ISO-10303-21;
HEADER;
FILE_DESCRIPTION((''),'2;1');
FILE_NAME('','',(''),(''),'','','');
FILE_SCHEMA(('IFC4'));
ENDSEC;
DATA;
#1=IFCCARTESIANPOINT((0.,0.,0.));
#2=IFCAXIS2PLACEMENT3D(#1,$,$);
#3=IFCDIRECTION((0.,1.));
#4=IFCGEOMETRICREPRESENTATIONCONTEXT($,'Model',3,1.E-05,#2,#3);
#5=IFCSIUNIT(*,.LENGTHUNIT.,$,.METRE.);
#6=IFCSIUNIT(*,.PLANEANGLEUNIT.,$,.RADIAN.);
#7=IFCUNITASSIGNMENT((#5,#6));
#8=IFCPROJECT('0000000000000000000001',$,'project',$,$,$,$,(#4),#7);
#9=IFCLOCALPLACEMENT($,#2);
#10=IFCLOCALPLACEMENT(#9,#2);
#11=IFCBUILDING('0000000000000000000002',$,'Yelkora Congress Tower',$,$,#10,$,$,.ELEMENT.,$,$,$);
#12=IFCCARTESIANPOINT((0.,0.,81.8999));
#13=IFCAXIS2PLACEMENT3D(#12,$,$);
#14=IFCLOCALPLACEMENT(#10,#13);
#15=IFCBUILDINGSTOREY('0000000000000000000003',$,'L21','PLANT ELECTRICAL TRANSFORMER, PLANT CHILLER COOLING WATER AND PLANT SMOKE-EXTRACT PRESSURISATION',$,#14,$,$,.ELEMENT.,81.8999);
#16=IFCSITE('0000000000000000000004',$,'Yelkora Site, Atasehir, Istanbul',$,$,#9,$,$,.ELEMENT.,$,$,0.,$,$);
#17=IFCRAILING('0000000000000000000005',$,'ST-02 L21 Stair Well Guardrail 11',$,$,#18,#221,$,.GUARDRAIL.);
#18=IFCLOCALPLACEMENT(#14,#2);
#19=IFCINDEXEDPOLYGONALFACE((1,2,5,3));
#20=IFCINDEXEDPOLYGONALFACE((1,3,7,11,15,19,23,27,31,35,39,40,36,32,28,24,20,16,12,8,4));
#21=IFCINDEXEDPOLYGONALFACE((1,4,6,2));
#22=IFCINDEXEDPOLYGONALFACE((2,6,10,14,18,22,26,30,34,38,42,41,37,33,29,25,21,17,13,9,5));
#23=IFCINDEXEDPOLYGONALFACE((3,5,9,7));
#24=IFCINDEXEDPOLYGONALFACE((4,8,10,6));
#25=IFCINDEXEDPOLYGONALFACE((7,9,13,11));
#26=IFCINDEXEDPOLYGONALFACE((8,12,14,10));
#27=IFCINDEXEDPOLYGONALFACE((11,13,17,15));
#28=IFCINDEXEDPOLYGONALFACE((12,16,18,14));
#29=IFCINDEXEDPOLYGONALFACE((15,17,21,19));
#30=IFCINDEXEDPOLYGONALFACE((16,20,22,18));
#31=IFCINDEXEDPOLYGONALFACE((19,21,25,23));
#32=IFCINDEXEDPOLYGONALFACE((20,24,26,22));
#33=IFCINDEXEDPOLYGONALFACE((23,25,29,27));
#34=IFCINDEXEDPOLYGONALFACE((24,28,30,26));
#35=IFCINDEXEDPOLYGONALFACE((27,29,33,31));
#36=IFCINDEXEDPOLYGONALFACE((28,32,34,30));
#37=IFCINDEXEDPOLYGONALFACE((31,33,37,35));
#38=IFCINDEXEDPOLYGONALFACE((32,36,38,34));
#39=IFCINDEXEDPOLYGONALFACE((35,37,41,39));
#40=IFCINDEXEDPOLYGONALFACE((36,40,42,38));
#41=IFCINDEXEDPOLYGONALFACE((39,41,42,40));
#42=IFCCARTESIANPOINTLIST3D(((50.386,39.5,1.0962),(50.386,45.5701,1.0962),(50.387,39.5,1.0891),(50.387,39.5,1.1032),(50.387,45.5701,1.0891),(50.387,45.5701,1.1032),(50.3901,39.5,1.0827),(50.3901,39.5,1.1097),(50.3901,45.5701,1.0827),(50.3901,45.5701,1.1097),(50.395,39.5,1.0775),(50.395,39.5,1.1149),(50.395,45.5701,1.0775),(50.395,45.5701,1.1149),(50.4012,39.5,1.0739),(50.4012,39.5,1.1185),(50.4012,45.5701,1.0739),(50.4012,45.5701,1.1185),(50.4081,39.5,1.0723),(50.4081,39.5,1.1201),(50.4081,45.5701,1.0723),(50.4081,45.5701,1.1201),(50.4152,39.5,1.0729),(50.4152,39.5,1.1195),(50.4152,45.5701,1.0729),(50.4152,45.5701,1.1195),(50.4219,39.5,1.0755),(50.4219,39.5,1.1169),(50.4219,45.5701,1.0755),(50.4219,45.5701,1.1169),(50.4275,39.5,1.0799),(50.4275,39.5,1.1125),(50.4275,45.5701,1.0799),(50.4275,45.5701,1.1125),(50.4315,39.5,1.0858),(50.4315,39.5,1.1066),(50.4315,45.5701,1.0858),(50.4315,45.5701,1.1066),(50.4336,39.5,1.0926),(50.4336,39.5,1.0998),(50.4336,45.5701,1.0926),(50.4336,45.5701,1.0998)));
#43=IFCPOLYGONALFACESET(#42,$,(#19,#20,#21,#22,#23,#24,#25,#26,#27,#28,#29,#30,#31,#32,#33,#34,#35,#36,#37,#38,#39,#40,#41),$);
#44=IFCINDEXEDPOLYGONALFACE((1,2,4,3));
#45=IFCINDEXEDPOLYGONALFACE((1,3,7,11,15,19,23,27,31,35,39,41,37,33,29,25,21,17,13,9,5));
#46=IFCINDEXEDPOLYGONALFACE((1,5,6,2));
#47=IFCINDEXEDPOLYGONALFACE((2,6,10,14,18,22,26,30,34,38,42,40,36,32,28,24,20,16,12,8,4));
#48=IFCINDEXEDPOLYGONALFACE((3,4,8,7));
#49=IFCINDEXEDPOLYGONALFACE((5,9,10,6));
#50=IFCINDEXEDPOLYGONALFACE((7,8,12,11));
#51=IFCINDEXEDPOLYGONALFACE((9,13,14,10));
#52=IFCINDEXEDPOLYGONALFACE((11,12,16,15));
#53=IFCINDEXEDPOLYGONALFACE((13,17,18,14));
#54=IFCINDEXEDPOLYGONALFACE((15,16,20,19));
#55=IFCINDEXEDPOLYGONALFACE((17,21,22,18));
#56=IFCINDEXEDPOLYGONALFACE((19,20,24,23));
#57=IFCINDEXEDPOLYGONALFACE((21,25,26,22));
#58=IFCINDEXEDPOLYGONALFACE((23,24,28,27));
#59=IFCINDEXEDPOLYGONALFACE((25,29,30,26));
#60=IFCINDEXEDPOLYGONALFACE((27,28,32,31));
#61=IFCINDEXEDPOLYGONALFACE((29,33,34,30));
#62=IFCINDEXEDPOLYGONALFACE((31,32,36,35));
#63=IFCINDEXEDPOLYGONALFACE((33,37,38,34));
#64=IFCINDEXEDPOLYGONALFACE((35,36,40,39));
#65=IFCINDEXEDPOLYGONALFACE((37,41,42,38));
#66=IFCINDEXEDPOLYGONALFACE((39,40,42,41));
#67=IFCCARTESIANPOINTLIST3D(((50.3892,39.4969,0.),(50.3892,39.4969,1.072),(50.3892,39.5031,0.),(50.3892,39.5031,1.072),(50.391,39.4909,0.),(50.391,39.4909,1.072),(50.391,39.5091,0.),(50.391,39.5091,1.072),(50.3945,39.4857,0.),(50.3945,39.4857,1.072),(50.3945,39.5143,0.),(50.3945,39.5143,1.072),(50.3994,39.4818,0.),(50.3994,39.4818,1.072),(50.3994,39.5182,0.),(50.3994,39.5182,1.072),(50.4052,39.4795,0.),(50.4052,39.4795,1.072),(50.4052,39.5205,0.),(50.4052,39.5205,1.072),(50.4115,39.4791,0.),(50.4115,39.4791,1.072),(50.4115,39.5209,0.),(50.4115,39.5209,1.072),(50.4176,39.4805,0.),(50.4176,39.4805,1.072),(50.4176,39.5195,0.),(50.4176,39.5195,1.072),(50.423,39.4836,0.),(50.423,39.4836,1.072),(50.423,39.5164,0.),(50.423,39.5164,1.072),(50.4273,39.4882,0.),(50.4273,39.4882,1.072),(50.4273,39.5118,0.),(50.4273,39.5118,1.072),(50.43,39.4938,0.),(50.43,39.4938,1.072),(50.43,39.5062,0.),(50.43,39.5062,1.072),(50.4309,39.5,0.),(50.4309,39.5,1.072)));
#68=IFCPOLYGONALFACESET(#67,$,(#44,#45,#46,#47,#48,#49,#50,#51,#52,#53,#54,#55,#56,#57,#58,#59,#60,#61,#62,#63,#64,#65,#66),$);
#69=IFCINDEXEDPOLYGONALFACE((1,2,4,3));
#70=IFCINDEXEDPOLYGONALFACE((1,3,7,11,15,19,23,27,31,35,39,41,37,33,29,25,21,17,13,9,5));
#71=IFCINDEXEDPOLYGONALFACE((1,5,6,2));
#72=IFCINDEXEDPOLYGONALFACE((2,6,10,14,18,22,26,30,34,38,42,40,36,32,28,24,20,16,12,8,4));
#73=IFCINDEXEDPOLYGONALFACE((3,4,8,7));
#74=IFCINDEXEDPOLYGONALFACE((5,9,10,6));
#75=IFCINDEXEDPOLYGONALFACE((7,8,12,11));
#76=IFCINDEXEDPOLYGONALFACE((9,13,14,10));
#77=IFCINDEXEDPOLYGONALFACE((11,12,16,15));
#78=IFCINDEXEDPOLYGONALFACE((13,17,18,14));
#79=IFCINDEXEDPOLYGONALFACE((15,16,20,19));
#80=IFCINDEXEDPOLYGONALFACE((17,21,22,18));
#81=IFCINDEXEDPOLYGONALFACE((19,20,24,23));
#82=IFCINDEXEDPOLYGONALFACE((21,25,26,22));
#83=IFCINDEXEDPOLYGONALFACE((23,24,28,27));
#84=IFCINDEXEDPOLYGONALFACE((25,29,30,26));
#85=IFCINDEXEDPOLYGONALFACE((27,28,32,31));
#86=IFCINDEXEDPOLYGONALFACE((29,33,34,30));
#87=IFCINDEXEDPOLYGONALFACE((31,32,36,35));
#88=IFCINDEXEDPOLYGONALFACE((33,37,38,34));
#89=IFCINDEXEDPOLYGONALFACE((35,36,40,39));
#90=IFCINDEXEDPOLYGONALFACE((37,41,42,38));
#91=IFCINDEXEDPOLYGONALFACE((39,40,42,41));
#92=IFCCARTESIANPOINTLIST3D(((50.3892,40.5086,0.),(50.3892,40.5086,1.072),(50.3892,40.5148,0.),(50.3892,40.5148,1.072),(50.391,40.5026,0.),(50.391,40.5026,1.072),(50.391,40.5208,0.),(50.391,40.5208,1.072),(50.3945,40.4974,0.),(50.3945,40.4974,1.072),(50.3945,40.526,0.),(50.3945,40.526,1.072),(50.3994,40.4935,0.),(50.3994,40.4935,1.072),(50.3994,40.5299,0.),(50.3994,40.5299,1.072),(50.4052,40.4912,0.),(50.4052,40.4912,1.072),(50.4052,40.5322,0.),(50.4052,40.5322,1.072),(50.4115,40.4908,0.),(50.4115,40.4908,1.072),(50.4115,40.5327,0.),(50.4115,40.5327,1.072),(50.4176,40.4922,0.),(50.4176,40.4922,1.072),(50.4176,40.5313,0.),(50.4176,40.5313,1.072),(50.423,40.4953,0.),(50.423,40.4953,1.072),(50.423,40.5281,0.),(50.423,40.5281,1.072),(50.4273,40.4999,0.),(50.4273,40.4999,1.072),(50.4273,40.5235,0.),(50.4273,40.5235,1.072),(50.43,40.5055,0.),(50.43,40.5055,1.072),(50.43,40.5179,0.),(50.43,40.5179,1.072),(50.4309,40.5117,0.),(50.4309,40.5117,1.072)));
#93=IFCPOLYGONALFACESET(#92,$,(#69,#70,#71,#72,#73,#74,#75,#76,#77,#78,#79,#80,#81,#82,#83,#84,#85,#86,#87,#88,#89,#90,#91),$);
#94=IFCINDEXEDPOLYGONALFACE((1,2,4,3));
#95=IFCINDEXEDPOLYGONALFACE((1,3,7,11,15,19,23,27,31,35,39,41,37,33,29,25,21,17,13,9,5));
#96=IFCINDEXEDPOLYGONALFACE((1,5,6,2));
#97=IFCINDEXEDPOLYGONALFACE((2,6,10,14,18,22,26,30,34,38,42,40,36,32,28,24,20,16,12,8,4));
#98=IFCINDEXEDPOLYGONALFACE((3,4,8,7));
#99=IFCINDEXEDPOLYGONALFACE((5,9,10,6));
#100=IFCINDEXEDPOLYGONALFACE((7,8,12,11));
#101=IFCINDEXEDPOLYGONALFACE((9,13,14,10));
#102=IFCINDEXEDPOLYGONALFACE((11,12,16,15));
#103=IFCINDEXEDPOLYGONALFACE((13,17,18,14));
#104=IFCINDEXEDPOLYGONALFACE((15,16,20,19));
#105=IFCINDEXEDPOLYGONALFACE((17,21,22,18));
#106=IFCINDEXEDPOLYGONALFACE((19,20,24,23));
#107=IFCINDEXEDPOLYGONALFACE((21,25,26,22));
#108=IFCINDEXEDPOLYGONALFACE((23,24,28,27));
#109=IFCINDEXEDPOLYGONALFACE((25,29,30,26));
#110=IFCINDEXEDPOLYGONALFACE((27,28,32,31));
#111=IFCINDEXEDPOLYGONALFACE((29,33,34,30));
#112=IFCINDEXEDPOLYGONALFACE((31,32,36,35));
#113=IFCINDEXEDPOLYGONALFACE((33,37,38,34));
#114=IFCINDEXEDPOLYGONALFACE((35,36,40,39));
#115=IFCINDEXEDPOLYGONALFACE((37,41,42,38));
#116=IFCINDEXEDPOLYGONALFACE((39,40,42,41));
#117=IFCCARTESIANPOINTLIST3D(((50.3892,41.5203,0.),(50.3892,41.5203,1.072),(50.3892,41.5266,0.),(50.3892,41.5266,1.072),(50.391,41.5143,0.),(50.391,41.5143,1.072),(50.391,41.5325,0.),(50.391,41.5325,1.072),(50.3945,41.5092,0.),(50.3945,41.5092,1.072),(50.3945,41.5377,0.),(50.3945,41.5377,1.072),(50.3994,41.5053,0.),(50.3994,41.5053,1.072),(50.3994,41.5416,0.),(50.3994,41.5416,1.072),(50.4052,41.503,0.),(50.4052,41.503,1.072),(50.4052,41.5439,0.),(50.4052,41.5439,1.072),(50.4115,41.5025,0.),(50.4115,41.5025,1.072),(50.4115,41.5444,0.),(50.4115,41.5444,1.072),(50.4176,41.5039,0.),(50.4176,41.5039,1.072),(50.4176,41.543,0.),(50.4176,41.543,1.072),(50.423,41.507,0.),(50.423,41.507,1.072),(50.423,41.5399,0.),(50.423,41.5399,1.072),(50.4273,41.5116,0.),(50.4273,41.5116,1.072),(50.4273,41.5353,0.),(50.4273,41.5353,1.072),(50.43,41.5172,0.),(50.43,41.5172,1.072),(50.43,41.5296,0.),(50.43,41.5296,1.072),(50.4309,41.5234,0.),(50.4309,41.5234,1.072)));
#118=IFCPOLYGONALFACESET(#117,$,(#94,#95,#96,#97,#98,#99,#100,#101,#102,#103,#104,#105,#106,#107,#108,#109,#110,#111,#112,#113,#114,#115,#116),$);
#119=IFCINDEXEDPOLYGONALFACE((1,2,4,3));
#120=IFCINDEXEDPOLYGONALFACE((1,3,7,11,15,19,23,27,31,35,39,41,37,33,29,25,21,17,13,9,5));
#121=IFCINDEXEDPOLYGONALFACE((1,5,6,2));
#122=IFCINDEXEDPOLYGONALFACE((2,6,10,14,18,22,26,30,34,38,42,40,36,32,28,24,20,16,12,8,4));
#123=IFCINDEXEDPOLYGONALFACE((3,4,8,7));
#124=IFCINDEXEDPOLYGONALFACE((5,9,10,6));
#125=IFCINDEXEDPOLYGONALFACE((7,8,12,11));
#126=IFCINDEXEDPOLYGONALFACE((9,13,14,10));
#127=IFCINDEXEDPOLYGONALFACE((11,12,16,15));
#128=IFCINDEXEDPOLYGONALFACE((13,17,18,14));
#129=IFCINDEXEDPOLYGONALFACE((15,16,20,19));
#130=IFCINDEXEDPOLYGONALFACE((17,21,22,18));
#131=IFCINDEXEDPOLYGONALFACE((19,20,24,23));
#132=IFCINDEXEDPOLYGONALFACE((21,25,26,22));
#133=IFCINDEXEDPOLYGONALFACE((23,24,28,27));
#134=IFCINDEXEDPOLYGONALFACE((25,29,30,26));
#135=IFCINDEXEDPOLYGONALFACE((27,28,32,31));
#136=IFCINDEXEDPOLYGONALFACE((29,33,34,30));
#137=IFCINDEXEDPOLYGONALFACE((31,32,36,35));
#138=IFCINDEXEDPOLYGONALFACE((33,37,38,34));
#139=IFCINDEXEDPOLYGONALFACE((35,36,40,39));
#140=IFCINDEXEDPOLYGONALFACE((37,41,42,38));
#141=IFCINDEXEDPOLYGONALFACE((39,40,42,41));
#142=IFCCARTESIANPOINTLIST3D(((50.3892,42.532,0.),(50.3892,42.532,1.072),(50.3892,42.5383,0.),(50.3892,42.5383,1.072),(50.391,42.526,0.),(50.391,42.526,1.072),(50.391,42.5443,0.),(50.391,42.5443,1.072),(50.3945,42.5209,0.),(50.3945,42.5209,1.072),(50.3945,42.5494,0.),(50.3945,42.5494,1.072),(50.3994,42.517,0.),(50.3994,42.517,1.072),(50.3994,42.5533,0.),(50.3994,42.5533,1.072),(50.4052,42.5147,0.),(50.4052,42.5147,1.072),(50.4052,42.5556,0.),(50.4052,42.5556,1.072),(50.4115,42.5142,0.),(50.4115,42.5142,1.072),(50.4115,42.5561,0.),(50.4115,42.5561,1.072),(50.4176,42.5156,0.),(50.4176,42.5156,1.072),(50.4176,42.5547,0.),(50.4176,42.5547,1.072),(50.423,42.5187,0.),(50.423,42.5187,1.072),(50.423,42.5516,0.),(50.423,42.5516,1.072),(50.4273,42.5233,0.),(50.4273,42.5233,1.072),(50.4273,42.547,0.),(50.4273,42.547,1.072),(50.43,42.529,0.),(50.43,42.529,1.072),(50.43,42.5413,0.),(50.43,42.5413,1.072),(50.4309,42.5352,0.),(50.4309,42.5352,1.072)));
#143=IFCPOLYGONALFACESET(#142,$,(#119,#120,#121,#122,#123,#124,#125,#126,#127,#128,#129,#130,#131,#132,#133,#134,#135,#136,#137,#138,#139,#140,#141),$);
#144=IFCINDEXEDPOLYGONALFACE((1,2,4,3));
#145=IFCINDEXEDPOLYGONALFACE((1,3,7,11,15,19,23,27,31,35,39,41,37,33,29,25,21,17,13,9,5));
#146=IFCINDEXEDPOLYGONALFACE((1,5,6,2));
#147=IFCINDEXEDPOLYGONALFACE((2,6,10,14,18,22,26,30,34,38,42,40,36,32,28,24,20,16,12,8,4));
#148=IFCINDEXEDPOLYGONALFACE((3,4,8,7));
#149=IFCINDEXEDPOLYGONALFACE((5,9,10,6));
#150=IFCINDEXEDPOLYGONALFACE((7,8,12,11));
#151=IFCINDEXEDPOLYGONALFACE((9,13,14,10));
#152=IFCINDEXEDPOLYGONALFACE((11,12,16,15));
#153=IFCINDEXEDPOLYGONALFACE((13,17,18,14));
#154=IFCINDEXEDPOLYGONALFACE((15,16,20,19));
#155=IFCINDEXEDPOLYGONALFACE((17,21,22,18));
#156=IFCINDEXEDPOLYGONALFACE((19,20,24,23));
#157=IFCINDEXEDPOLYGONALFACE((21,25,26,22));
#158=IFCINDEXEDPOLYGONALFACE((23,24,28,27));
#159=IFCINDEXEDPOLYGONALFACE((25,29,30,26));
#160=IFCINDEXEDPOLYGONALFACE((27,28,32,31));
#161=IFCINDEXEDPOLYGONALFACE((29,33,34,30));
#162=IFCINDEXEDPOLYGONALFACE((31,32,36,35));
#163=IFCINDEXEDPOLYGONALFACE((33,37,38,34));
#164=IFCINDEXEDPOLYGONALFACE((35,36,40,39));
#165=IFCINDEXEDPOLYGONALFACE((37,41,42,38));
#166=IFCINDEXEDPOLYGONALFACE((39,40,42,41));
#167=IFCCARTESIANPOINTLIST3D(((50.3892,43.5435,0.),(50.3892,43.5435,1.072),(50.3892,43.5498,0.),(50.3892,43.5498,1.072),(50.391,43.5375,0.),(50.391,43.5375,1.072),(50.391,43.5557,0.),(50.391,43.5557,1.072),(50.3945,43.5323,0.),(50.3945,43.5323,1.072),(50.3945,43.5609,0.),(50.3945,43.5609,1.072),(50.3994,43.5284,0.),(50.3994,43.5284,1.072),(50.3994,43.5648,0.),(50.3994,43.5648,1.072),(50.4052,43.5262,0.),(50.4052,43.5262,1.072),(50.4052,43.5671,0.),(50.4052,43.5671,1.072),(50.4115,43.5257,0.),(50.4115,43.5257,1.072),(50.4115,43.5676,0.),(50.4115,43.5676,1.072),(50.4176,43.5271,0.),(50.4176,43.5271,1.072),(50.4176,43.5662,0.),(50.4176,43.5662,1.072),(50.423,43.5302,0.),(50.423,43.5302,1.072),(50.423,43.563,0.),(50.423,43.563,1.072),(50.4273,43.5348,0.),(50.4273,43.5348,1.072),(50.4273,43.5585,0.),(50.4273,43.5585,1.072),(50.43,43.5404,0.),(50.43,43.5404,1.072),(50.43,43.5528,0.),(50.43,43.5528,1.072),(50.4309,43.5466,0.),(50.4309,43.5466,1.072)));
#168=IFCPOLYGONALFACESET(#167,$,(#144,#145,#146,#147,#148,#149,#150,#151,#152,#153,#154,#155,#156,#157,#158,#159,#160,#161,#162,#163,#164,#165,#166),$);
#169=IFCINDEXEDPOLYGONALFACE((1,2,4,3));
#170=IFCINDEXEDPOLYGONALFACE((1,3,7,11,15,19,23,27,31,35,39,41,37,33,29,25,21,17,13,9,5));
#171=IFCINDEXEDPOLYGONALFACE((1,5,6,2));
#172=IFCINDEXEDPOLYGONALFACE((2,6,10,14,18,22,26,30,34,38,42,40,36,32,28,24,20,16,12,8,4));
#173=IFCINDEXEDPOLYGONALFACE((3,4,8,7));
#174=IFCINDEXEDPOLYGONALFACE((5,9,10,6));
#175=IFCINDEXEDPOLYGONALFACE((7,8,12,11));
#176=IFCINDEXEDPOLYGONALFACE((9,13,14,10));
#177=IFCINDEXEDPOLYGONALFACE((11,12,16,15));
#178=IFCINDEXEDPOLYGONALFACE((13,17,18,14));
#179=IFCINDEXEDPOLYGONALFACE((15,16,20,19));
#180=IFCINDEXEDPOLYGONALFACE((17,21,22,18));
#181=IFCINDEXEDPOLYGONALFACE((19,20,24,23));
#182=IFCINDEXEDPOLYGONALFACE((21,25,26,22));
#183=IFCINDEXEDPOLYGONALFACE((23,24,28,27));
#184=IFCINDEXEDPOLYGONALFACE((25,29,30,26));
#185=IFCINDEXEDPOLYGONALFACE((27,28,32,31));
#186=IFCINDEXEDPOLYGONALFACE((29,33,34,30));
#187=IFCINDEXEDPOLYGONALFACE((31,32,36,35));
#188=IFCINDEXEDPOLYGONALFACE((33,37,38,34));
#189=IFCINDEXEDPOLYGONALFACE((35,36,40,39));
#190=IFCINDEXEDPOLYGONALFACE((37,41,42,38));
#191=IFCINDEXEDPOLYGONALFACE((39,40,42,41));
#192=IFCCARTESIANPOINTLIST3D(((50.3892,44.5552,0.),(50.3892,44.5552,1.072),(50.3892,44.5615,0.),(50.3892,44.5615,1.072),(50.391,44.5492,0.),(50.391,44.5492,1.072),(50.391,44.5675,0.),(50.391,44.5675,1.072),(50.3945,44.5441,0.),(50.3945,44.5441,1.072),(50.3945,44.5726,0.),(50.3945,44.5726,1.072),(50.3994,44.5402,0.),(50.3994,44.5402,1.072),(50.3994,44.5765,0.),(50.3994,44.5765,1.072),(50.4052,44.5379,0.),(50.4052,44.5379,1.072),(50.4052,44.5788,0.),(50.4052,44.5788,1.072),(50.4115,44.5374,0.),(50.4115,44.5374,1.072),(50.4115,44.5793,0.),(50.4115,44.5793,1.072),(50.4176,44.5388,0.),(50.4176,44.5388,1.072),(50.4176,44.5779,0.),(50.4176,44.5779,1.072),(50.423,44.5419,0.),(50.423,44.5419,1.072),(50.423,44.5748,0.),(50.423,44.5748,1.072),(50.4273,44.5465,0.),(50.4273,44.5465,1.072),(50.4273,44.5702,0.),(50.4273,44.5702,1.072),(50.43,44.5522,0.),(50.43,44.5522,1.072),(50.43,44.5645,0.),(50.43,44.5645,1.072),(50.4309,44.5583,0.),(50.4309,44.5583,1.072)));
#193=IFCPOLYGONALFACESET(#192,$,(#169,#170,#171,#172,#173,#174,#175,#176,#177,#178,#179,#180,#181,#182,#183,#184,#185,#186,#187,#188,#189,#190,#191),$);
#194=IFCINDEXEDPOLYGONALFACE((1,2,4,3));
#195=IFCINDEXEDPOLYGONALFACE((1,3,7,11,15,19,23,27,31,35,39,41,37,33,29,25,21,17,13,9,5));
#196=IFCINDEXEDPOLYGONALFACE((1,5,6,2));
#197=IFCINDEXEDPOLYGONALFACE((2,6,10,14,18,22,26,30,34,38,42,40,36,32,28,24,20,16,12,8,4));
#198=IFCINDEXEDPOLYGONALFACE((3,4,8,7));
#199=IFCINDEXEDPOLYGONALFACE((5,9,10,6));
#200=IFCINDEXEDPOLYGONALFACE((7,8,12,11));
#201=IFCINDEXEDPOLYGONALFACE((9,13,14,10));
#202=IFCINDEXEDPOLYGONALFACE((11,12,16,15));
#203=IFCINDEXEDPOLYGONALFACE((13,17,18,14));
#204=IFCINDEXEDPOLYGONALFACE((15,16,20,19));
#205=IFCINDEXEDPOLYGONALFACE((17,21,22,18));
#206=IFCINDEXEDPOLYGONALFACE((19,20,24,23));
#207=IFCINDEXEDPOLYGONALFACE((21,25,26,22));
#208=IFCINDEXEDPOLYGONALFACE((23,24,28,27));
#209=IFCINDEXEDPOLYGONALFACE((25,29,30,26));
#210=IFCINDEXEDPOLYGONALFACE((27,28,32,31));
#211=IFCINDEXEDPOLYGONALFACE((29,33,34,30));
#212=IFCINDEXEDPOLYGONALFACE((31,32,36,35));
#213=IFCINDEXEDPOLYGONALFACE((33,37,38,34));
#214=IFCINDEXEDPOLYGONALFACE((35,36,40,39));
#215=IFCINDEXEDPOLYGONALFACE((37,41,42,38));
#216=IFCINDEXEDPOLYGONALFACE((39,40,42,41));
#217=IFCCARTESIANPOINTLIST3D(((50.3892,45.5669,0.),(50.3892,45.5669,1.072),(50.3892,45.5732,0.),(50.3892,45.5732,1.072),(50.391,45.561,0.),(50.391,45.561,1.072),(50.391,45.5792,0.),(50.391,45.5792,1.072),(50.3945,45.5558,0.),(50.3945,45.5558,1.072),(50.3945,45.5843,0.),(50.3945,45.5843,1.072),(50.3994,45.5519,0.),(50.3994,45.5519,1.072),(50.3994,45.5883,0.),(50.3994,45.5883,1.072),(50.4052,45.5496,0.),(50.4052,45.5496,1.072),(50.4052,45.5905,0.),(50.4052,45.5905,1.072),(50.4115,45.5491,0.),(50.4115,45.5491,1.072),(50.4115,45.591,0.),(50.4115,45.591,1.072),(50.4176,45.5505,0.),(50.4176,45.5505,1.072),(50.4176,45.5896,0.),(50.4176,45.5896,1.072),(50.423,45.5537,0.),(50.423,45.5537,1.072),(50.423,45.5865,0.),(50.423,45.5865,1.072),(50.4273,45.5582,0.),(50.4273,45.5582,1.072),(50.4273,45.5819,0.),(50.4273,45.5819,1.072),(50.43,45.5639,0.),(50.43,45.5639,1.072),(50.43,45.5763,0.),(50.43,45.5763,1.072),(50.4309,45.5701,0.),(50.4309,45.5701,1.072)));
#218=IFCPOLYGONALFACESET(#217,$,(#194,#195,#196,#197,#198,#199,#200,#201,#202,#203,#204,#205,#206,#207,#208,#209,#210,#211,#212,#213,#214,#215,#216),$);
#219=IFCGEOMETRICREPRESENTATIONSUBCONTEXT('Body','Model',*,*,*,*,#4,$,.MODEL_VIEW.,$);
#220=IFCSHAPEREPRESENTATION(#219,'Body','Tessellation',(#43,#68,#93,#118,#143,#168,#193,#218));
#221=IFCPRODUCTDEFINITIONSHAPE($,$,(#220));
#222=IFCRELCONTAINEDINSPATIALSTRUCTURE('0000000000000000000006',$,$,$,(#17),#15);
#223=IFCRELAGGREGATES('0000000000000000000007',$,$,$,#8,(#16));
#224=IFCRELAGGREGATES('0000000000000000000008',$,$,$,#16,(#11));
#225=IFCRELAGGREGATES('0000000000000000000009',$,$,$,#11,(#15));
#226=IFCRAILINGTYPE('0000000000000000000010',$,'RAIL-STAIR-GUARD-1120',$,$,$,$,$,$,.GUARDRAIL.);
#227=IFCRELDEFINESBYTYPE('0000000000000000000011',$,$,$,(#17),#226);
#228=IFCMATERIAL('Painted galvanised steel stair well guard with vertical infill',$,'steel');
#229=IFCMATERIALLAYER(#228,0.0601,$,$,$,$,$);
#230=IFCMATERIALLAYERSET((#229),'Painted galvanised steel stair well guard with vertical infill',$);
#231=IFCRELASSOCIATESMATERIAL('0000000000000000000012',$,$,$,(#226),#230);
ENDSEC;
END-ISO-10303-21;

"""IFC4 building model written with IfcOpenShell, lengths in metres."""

from ifc_helpers import new_model, si_unit, direction, frame, origin, origin_2d, place, context, subcontext, project, spatial, circle, extrude, material, layer, layer_set, type_object, element, save


model = new_model("IFC4")

# Units and contexts
model_context = context("Model", 3, precision=1e-05, world=origin(), true_north=direction((0.0, 1.0)))
body_context = subcontext(model_context, "Body", "Model", "MODEL_VIEW")
ifc_project = project(units=[si_unit("LENGTHUNIT", "METRE"), si_unit("PLANEANGLEUNIT", "RADIAN")], contexts=[model_context])

# Site, building, storey
site_placement = place(None, origin())
site = spatial("IfcSite", under=ifc_project, at=site_placement, Name="Yelkora Site, Atasehir, Istanbul", CompositionType="ELEMENT", RefElevation=0.0)
building_placement = place(site_placement, origin())
building = spatial("IfcBuilding", under=site, at=building_placement, Name="Yelkora Congress Tower", CompositionType="ELEMENT")
storey_placement = place(building_placement, frame((0.0, 0.0, 81.8999)))
storey = spatial("IfcBuildingStorey", under=building, at=storey_placement, Name="L21", Description="PLANT ELECTRICAL TRANSFORMER, PLANT CHILLER COOLING WATER AND PLANT SMOKE-EXTRACT PRESSURISATION", CompositionType="ELEMENT", Elevation=81.8999)

# Railing
ifc_material_1 = material(Name="Painted galvanised steel stair well guard with vertical infill", Category="steel")
ifc_layer_1 = layer(ifc_material_1, 0.0601)
ifc_layer_set_1 = layer_set([ifc_layer_1], Name="Painted galvanised steel stair well guard with vertical infill")
railing_type = type_object("IfcRailingType", Name="RAIL-STAIR-GUARD-1120", PredefinedType="GUARDRAIL", material=ifc_layer_set_1)
railing_placement = place(storey_placement, frame((50.4099, 39.5, 0.0)))
element("IfcRailing", 1, at=railing_placement, inside=storey, type_object=railing_type, Name="ST-02 L21 Stair Well Guardrail 11", PredefinedType="GUARDRAIL", context=body_context, shape_type="SweptSolid", body=[
    extrude(circle(Radius=0.0239, at=origin_2d()), frame((0.0, 0.0, 1.0962), z_axis=(0.0, 1.0, 0.0), x_axis=(-1.0, 0.0, 0.0)), (0.0, 0.0, 1.0), 6.0701),
    extrude(circle(Radius=0.021, at=origin_2d()), origin(), (0.0, 0.0, 1.0), 1.072),
    extrude(circle(Radius=0.021, at=origin_2d()), frame((0.0, 1.0117, 0.0)), (0.0, 0.0, 1.0), 1.072),
    extrude(circle(Radius=0.021, at=origin_2d()), frame((0.0, 2.0234, 0.0)), (0.0, 0.0, 1.0), 1.072),
    extrude(circle(Radius=0.021, at=origin_2d()), frame((0.0, 3.0352, 0.0)), (0.0, 0.0, 1.0), 1.072),
    extrude(circle(Radius=0.021, at=origin_2d()), frame((0.0, 4.0466, 0.0)), (0.0, 0.0, 1.0), 1.072),
    extrude(circle(Radius=0.021, at=origin_2d()), frame((0.0, 5.0583, 0.0)), (0.0, 0.0, 1.0), 1.072),
    extrude(circle(Radius=0.021, at=origin_2d()), frame((0.0, 6.0701, 0.0)), (0.0, 0.0, 1.0), 1.072),
])

save(model, "model.ifc")
